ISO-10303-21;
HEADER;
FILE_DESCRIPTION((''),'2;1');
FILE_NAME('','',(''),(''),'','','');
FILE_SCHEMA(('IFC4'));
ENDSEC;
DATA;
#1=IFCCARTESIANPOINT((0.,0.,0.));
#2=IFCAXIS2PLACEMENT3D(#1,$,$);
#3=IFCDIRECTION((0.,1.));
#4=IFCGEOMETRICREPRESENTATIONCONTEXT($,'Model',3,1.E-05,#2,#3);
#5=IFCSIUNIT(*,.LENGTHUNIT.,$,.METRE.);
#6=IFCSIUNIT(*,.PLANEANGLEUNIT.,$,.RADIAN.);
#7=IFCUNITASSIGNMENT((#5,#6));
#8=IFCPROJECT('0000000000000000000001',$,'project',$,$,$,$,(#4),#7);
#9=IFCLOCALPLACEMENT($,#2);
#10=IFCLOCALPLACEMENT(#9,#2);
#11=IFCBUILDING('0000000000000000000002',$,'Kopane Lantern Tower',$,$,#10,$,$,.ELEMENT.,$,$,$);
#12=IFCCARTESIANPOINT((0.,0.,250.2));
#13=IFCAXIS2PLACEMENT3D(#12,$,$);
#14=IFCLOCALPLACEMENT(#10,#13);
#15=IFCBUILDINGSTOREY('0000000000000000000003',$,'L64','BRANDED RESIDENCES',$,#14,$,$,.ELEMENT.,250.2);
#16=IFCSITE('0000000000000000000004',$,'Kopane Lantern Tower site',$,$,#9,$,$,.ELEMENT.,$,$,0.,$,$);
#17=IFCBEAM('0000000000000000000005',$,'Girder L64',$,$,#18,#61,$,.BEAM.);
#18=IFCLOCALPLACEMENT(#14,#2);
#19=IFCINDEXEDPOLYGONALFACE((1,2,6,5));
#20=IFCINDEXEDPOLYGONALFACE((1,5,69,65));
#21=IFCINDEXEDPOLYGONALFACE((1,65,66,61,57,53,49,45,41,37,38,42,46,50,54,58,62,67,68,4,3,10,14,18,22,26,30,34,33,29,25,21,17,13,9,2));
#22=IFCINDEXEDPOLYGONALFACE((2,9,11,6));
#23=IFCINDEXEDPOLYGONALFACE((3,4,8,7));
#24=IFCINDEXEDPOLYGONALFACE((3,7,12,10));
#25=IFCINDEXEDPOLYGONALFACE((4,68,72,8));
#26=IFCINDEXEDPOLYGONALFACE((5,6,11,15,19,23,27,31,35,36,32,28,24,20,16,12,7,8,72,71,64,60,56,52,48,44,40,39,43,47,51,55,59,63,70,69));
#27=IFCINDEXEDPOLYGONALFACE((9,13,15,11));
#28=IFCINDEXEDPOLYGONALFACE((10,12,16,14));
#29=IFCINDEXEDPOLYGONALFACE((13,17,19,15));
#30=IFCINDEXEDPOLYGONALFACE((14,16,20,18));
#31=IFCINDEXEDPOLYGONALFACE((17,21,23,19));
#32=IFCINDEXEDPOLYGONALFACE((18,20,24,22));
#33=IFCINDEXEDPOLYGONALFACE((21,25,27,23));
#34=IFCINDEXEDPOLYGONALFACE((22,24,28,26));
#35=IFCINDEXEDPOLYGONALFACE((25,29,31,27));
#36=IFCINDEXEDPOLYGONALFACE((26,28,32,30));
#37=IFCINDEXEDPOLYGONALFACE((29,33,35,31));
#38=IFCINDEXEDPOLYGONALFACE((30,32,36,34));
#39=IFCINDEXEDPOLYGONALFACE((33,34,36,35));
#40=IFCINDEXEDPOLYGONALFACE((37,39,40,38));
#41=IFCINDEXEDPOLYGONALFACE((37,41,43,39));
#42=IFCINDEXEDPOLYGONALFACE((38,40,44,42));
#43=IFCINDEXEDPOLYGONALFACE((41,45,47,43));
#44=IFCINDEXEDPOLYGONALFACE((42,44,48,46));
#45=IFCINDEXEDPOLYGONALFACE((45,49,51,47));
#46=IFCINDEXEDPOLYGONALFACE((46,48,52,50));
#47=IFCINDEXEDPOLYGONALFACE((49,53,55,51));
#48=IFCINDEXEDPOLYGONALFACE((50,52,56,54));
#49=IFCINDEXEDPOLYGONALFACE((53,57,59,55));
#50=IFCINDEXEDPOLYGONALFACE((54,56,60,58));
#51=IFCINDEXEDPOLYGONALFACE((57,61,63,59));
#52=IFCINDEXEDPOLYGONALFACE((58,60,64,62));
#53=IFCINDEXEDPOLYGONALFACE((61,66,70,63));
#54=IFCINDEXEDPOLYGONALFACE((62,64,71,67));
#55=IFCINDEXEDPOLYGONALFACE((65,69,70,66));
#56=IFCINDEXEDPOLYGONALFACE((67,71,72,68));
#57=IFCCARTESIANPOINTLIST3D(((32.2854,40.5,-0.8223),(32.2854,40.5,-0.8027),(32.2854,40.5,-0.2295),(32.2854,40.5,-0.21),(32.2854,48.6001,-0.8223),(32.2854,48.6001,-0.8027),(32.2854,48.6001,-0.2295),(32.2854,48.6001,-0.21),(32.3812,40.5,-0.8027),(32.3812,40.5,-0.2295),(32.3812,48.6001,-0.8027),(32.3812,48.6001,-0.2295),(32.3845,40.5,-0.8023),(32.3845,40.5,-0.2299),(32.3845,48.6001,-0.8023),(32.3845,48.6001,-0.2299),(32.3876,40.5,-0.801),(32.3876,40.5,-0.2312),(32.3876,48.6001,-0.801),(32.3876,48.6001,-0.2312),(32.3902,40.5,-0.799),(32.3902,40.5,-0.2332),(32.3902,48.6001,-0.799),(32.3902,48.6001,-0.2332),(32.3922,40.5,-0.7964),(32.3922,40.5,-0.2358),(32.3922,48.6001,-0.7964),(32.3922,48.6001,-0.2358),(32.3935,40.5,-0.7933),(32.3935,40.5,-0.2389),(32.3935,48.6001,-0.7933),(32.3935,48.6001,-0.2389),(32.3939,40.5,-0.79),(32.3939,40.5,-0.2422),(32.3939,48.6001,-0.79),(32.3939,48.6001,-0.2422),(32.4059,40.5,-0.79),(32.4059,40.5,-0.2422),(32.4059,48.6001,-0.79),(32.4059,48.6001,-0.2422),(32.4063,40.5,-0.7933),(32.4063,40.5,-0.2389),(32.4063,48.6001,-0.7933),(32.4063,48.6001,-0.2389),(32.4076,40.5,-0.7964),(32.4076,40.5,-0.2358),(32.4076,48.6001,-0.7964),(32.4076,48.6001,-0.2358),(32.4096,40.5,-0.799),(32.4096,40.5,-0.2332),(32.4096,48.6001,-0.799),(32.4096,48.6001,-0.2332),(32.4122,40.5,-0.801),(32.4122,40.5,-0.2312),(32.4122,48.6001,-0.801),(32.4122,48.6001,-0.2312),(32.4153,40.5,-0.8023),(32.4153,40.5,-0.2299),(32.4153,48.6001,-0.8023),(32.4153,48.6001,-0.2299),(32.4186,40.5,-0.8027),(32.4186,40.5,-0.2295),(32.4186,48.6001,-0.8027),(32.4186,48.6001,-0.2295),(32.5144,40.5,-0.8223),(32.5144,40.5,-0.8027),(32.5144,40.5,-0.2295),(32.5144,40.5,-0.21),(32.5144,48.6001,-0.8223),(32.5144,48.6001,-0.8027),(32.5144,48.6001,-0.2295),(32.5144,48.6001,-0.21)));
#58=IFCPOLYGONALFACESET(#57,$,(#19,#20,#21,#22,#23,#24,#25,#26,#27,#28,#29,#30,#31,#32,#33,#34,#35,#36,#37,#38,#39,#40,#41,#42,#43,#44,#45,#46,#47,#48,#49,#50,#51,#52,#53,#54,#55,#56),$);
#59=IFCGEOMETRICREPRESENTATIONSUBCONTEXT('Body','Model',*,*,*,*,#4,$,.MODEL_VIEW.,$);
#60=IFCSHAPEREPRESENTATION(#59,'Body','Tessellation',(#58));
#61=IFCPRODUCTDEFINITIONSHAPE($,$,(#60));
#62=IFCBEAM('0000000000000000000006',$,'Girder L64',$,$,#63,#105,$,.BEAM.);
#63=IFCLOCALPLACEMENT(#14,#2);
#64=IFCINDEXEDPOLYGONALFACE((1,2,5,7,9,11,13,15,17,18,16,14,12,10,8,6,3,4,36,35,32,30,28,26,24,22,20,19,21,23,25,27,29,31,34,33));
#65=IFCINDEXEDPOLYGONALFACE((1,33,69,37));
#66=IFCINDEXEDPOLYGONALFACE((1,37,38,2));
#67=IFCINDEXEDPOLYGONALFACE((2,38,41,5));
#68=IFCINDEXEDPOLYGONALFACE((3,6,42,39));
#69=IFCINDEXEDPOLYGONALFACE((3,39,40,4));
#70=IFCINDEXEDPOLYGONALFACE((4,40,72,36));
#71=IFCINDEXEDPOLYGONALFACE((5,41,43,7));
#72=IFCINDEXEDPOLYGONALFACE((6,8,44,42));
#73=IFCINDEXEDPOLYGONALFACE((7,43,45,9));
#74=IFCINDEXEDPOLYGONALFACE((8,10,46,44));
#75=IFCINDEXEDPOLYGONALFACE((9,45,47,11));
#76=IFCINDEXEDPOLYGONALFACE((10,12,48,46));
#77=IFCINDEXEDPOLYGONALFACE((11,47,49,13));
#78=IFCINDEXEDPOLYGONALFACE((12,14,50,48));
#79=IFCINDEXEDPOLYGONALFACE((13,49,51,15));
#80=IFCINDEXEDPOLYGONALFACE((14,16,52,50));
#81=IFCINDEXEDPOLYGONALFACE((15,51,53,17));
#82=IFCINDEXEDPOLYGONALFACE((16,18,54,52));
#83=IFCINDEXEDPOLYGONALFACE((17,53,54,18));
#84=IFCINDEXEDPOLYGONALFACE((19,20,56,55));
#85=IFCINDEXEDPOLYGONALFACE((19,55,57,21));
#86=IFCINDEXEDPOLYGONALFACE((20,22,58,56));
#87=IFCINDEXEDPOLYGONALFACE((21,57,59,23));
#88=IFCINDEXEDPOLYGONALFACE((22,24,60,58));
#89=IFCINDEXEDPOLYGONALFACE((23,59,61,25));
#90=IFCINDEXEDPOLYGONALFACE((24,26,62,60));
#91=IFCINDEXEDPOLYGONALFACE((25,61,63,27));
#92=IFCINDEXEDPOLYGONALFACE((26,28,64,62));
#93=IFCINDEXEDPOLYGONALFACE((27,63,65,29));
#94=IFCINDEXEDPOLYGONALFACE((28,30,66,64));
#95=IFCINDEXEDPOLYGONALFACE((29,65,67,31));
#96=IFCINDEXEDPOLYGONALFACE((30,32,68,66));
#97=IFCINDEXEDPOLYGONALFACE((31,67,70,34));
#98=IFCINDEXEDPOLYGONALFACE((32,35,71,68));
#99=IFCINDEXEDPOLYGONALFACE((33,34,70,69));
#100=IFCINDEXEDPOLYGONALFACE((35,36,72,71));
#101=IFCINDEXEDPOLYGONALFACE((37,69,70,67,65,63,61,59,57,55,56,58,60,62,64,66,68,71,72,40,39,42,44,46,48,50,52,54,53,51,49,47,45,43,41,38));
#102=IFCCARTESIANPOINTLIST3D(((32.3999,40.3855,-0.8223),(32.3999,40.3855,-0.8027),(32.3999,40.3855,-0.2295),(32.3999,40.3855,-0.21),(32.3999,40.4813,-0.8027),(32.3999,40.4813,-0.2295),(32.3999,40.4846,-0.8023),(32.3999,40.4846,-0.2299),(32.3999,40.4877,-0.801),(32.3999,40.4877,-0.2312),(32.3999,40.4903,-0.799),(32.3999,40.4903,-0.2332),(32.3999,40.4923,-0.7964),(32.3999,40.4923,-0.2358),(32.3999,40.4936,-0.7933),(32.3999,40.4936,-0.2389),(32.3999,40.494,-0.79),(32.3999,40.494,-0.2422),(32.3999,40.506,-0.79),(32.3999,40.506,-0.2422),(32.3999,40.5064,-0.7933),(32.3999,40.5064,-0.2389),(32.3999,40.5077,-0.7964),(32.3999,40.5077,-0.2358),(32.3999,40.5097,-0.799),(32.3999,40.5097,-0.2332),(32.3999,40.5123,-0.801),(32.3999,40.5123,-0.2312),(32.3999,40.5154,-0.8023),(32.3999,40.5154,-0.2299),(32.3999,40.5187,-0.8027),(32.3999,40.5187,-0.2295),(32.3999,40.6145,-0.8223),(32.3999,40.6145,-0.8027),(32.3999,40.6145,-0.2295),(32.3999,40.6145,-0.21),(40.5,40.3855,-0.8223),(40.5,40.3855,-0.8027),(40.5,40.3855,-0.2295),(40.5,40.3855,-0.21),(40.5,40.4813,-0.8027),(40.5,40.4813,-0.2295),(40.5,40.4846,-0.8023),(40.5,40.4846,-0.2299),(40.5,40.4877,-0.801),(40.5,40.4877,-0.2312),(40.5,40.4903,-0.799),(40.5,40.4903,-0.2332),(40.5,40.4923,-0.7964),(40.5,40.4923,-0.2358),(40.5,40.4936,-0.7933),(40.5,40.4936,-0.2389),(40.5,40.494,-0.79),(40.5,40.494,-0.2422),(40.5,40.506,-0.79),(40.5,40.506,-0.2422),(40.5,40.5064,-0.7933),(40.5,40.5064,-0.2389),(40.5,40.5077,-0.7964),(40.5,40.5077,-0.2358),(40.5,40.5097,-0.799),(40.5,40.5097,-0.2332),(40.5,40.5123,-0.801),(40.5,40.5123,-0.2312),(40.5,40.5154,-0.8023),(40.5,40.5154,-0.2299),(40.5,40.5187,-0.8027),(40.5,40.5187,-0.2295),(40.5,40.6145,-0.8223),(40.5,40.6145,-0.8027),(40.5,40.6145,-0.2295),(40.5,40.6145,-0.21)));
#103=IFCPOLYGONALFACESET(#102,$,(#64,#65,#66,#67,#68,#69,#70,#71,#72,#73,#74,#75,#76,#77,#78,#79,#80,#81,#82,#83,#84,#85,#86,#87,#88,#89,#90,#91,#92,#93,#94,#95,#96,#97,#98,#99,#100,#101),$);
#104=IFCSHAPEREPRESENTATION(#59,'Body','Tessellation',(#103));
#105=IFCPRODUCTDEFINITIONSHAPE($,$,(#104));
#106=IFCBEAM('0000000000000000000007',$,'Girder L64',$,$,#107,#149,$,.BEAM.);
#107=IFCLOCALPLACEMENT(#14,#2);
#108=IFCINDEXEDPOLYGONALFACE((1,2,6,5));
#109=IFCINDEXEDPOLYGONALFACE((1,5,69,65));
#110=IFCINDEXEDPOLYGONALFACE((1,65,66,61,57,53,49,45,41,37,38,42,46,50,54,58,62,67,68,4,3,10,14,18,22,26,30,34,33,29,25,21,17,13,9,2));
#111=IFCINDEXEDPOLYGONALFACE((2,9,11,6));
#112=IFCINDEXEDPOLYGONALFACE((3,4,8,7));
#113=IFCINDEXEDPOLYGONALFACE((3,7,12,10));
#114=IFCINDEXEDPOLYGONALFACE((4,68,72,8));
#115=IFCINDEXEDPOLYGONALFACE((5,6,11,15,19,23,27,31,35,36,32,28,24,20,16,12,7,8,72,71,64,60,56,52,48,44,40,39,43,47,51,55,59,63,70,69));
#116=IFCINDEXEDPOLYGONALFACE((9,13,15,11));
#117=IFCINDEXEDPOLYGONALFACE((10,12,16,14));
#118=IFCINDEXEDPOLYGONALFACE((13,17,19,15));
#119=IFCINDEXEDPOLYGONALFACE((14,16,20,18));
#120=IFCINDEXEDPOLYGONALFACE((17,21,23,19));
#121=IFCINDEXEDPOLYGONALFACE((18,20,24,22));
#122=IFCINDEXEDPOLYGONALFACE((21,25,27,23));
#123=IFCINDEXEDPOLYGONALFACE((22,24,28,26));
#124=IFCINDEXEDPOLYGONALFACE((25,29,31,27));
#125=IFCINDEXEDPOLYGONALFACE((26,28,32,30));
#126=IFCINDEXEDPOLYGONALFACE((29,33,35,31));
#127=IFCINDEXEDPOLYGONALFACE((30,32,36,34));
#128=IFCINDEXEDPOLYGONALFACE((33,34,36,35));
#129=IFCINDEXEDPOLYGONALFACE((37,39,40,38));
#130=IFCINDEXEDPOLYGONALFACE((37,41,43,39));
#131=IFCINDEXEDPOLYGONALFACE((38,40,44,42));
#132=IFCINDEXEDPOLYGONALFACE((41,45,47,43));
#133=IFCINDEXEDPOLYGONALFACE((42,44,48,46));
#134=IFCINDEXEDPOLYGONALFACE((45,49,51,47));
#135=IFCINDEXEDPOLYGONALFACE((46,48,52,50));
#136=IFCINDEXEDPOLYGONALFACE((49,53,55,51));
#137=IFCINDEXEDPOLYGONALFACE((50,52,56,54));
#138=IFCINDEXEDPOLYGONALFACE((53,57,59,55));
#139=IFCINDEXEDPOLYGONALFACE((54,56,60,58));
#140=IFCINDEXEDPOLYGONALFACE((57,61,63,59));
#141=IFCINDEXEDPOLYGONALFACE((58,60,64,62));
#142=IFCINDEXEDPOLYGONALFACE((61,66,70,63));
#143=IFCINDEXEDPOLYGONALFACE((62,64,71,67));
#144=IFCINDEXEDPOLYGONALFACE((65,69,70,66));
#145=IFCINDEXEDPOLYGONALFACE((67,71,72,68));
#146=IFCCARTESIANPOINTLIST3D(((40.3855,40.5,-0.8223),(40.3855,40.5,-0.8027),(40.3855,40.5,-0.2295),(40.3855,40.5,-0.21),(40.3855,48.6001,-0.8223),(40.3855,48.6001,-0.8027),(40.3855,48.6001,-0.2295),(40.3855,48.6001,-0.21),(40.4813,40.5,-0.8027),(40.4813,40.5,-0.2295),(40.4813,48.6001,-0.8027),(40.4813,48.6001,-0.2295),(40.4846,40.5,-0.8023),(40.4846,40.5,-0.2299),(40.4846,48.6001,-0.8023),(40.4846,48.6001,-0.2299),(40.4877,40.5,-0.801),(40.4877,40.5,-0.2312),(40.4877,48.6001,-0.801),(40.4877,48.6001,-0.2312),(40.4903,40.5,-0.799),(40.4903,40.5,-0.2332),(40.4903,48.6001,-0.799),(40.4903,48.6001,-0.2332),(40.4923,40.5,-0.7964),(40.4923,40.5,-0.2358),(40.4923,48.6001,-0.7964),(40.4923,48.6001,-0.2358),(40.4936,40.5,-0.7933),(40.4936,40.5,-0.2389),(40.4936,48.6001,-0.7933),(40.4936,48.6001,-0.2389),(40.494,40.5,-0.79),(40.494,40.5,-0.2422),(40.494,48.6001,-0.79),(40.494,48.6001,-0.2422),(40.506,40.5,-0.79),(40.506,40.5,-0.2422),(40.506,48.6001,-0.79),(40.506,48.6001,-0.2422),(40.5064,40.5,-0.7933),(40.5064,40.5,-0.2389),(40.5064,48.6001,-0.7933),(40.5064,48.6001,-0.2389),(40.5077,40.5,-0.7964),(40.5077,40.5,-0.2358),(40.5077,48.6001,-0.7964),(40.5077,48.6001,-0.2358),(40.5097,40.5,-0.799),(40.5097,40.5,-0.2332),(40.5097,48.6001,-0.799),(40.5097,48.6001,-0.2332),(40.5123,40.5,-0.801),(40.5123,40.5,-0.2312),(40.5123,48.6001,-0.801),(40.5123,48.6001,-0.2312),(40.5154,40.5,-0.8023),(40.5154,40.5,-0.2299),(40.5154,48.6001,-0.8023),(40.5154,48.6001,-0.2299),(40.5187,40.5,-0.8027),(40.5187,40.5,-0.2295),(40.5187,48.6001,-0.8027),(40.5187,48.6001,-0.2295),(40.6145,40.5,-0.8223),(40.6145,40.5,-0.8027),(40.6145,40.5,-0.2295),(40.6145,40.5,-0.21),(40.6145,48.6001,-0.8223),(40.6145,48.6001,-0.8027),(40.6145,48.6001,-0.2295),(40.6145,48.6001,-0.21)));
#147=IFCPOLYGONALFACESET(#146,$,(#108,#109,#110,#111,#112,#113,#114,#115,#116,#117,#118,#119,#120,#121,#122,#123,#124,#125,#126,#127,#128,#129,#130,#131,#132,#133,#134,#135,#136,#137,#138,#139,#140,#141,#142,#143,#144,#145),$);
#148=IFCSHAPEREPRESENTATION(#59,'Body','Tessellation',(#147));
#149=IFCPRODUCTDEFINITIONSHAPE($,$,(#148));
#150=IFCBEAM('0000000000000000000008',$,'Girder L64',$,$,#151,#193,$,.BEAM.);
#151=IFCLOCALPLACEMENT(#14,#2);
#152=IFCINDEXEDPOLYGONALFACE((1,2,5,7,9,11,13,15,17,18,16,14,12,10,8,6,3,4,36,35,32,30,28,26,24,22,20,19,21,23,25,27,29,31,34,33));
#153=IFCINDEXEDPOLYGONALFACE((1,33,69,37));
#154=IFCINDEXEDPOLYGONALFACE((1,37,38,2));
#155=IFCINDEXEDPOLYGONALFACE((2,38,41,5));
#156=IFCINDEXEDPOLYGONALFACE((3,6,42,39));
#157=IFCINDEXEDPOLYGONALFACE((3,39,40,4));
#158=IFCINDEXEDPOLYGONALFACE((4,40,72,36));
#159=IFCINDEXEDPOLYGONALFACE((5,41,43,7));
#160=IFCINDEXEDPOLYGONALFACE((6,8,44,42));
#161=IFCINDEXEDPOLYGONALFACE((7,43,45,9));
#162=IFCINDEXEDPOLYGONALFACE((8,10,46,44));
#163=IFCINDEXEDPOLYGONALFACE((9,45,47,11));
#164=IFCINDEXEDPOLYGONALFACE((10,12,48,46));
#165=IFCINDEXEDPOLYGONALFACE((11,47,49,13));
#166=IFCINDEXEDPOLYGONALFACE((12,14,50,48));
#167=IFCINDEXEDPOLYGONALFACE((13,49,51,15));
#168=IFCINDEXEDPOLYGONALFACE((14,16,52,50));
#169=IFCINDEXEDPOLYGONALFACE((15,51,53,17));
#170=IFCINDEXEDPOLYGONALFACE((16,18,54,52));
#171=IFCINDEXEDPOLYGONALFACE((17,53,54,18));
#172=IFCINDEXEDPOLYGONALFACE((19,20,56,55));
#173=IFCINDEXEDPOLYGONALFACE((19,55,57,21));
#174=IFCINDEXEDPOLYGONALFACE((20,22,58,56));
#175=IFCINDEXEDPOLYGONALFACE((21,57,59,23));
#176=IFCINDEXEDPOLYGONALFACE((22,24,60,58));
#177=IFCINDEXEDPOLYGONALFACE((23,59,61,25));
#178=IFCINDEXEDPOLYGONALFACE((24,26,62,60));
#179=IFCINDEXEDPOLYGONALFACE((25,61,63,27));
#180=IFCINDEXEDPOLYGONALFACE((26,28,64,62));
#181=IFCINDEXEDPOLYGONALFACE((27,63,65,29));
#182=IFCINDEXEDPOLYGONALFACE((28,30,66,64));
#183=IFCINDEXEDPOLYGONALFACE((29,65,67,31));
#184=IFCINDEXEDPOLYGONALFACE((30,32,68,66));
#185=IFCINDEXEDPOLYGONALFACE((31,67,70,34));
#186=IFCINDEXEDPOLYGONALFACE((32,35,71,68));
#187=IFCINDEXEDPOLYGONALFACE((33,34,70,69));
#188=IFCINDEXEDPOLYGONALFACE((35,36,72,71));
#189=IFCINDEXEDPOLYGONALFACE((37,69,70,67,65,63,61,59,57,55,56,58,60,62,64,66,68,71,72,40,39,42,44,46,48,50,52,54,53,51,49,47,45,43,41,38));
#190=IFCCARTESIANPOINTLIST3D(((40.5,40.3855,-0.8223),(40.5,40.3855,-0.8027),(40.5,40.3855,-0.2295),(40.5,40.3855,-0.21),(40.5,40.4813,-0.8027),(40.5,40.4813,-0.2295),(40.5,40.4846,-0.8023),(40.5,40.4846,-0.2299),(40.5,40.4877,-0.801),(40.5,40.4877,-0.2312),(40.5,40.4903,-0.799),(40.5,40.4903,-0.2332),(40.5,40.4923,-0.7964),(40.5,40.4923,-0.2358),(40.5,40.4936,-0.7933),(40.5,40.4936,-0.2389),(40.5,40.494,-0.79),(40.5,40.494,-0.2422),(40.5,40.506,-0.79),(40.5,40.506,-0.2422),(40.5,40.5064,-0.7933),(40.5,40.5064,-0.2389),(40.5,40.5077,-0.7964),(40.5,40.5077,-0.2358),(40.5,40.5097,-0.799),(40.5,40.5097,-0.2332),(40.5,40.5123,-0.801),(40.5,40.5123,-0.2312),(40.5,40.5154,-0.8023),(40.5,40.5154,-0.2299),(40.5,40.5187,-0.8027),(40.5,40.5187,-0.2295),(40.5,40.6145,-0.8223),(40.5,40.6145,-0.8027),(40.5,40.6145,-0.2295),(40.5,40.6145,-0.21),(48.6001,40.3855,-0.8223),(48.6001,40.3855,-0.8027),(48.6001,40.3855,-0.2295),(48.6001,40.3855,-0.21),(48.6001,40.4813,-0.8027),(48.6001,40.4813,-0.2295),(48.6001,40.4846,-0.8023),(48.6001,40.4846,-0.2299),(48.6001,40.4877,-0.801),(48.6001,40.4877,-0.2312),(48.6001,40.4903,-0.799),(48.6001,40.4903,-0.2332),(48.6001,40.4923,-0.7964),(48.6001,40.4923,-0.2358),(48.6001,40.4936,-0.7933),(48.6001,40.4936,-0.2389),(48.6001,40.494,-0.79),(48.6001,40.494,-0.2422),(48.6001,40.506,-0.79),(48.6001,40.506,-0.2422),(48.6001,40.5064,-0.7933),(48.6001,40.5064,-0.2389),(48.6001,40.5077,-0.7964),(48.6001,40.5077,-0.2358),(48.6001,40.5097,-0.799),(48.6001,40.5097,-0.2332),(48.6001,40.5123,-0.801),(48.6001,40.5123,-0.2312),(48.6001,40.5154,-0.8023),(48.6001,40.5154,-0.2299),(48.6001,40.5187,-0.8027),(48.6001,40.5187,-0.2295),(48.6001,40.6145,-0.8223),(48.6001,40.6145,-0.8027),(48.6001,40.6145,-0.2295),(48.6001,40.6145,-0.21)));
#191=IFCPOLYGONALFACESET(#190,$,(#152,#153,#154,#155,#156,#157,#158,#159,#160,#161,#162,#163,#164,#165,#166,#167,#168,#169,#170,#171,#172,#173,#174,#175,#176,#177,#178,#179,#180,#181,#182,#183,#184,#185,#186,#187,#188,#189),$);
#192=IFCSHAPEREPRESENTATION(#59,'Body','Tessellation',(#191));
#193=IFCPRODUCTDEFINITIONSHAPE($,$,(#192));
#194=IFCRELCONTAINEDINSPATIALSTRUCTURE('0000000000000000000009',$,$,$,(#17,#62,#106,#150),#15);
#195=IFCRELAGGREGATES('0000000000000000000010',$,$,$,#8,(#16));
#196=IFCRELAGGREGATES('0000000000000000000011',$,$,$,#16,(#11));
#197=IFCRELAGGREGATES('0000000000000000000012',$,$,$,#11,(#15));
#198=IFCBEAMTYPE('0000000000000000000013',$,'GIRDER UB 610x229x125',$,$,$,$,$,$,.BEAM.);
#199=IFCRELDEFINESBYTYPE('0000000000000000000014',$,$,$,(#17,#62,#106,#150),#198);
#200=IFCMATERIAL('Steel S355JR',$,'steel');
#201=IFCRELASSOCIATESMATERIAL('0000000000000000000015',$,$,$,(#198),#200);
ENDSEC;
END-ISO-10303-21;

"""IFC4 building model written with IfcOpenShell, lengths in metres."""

from ifc_helpers import new_model, si_unit, direction, frame, origin, origin_2d, place, context, subcontext, project, spatial, i_section, extrude, material, material_profile, profile_set, type_object, element, save


model = new_model("IFC4")

# Units and contexts
model_context = context("Model", 3, precision=1e-05, world=origin(), true_north=direction((0.0, 1.0)))
body_context = subcontext(model_context, "Body", "Model", "MODEL_VIEW")
ifc_project = project(units=[si_unit("LENGTHUNIT", "METRE"), si_unit("PLANEANGLEUNIT", "RADIAN")], contexts=[model_context])

# Site, building, storey
site_placement = place(None, origin())
site = spatial("IfcSite", under=ifc_project, at=site_placement, Name="Kopane Lantern Tower site", CompositionType="ELEMENT", RefElevation=0.0)
building_placement = place(site_placement, origin())
building = spatial("IfcBuilding", under=site, at=building_placement, Name="Kopane Lantern Tower", CompositionType="ELEMENT")
storey_placement = place(building_placement, frame((0.0, 0.0, 250.2)))
storey = spatial("IfcBuildingStorey", under=building, at=storey_placement, Name="L64", Description="BRANDED RESIDENCES", CompositionType="ELEMENT", Elevation=250.2)

# Beams
ifc_material_1 = material(Name="Steel S355JR", Category="steel")
ifc_material_profile_1 = material_profile(ifc_material_1, i_section(OverallWidth=0.229, OverallDepth=0.6123, WebThickness=0.012, FlangeThickness=0.0195, FilletRadius=0.0127, at=origin_2d()), Name="UB 610x229x125")
ifc_profile_set_1 = profile_set([ifc_material_profile_1], Name="Steel S355JR")
beam_type = type_object("IfcBeamType", Name="GIRDER UB 610x229x125", PredefinedType="BEAM", material=ifc_profile_set_1)
for number, where, z_axis, x_axis, name in (
    (1, (32.3999, 40.5, -0.5161), (0.0, 1.0, 0.0), (-1.0, 0.0, 0.0), "Girder L64"),
    (2, (32.3999, 40.5, -0.5161), (1.0, 0.0, 0.0), (0.0, 1.0, 0.0), "Girder L64"),
    (3, (40.5, 40.5, -0.5161), (0.0, 1.0, 0.0), (-1.0, 0.0, 0.0), "Girder L64"),
    (4, (40.5, 40.5, -0.5161), (1.0, 0.0, 0.0), (0.0, 1.0, 0.0), "Girder L64"),
):
    element("IfcBeam", number, at=place(storey_placement, frame(where, z_axis=z_axis, x_axis=x_axis)), inside=storey, type_object=beam_type, Name=name, PredefinedType="BEAM", context=body_context, shape_type="SweptSolid", body=[
        extrude(i_section(OverallWidth=0.229, OverallDepth=0.6123, WebThickness=0.012, FlangeThickness=0.0195, FilletRadius=0.0127, at=origin_2d()), origin(), (0.0, 0.0, 1.0), 8.1001),
    ])

save(model, "model.ifc")
